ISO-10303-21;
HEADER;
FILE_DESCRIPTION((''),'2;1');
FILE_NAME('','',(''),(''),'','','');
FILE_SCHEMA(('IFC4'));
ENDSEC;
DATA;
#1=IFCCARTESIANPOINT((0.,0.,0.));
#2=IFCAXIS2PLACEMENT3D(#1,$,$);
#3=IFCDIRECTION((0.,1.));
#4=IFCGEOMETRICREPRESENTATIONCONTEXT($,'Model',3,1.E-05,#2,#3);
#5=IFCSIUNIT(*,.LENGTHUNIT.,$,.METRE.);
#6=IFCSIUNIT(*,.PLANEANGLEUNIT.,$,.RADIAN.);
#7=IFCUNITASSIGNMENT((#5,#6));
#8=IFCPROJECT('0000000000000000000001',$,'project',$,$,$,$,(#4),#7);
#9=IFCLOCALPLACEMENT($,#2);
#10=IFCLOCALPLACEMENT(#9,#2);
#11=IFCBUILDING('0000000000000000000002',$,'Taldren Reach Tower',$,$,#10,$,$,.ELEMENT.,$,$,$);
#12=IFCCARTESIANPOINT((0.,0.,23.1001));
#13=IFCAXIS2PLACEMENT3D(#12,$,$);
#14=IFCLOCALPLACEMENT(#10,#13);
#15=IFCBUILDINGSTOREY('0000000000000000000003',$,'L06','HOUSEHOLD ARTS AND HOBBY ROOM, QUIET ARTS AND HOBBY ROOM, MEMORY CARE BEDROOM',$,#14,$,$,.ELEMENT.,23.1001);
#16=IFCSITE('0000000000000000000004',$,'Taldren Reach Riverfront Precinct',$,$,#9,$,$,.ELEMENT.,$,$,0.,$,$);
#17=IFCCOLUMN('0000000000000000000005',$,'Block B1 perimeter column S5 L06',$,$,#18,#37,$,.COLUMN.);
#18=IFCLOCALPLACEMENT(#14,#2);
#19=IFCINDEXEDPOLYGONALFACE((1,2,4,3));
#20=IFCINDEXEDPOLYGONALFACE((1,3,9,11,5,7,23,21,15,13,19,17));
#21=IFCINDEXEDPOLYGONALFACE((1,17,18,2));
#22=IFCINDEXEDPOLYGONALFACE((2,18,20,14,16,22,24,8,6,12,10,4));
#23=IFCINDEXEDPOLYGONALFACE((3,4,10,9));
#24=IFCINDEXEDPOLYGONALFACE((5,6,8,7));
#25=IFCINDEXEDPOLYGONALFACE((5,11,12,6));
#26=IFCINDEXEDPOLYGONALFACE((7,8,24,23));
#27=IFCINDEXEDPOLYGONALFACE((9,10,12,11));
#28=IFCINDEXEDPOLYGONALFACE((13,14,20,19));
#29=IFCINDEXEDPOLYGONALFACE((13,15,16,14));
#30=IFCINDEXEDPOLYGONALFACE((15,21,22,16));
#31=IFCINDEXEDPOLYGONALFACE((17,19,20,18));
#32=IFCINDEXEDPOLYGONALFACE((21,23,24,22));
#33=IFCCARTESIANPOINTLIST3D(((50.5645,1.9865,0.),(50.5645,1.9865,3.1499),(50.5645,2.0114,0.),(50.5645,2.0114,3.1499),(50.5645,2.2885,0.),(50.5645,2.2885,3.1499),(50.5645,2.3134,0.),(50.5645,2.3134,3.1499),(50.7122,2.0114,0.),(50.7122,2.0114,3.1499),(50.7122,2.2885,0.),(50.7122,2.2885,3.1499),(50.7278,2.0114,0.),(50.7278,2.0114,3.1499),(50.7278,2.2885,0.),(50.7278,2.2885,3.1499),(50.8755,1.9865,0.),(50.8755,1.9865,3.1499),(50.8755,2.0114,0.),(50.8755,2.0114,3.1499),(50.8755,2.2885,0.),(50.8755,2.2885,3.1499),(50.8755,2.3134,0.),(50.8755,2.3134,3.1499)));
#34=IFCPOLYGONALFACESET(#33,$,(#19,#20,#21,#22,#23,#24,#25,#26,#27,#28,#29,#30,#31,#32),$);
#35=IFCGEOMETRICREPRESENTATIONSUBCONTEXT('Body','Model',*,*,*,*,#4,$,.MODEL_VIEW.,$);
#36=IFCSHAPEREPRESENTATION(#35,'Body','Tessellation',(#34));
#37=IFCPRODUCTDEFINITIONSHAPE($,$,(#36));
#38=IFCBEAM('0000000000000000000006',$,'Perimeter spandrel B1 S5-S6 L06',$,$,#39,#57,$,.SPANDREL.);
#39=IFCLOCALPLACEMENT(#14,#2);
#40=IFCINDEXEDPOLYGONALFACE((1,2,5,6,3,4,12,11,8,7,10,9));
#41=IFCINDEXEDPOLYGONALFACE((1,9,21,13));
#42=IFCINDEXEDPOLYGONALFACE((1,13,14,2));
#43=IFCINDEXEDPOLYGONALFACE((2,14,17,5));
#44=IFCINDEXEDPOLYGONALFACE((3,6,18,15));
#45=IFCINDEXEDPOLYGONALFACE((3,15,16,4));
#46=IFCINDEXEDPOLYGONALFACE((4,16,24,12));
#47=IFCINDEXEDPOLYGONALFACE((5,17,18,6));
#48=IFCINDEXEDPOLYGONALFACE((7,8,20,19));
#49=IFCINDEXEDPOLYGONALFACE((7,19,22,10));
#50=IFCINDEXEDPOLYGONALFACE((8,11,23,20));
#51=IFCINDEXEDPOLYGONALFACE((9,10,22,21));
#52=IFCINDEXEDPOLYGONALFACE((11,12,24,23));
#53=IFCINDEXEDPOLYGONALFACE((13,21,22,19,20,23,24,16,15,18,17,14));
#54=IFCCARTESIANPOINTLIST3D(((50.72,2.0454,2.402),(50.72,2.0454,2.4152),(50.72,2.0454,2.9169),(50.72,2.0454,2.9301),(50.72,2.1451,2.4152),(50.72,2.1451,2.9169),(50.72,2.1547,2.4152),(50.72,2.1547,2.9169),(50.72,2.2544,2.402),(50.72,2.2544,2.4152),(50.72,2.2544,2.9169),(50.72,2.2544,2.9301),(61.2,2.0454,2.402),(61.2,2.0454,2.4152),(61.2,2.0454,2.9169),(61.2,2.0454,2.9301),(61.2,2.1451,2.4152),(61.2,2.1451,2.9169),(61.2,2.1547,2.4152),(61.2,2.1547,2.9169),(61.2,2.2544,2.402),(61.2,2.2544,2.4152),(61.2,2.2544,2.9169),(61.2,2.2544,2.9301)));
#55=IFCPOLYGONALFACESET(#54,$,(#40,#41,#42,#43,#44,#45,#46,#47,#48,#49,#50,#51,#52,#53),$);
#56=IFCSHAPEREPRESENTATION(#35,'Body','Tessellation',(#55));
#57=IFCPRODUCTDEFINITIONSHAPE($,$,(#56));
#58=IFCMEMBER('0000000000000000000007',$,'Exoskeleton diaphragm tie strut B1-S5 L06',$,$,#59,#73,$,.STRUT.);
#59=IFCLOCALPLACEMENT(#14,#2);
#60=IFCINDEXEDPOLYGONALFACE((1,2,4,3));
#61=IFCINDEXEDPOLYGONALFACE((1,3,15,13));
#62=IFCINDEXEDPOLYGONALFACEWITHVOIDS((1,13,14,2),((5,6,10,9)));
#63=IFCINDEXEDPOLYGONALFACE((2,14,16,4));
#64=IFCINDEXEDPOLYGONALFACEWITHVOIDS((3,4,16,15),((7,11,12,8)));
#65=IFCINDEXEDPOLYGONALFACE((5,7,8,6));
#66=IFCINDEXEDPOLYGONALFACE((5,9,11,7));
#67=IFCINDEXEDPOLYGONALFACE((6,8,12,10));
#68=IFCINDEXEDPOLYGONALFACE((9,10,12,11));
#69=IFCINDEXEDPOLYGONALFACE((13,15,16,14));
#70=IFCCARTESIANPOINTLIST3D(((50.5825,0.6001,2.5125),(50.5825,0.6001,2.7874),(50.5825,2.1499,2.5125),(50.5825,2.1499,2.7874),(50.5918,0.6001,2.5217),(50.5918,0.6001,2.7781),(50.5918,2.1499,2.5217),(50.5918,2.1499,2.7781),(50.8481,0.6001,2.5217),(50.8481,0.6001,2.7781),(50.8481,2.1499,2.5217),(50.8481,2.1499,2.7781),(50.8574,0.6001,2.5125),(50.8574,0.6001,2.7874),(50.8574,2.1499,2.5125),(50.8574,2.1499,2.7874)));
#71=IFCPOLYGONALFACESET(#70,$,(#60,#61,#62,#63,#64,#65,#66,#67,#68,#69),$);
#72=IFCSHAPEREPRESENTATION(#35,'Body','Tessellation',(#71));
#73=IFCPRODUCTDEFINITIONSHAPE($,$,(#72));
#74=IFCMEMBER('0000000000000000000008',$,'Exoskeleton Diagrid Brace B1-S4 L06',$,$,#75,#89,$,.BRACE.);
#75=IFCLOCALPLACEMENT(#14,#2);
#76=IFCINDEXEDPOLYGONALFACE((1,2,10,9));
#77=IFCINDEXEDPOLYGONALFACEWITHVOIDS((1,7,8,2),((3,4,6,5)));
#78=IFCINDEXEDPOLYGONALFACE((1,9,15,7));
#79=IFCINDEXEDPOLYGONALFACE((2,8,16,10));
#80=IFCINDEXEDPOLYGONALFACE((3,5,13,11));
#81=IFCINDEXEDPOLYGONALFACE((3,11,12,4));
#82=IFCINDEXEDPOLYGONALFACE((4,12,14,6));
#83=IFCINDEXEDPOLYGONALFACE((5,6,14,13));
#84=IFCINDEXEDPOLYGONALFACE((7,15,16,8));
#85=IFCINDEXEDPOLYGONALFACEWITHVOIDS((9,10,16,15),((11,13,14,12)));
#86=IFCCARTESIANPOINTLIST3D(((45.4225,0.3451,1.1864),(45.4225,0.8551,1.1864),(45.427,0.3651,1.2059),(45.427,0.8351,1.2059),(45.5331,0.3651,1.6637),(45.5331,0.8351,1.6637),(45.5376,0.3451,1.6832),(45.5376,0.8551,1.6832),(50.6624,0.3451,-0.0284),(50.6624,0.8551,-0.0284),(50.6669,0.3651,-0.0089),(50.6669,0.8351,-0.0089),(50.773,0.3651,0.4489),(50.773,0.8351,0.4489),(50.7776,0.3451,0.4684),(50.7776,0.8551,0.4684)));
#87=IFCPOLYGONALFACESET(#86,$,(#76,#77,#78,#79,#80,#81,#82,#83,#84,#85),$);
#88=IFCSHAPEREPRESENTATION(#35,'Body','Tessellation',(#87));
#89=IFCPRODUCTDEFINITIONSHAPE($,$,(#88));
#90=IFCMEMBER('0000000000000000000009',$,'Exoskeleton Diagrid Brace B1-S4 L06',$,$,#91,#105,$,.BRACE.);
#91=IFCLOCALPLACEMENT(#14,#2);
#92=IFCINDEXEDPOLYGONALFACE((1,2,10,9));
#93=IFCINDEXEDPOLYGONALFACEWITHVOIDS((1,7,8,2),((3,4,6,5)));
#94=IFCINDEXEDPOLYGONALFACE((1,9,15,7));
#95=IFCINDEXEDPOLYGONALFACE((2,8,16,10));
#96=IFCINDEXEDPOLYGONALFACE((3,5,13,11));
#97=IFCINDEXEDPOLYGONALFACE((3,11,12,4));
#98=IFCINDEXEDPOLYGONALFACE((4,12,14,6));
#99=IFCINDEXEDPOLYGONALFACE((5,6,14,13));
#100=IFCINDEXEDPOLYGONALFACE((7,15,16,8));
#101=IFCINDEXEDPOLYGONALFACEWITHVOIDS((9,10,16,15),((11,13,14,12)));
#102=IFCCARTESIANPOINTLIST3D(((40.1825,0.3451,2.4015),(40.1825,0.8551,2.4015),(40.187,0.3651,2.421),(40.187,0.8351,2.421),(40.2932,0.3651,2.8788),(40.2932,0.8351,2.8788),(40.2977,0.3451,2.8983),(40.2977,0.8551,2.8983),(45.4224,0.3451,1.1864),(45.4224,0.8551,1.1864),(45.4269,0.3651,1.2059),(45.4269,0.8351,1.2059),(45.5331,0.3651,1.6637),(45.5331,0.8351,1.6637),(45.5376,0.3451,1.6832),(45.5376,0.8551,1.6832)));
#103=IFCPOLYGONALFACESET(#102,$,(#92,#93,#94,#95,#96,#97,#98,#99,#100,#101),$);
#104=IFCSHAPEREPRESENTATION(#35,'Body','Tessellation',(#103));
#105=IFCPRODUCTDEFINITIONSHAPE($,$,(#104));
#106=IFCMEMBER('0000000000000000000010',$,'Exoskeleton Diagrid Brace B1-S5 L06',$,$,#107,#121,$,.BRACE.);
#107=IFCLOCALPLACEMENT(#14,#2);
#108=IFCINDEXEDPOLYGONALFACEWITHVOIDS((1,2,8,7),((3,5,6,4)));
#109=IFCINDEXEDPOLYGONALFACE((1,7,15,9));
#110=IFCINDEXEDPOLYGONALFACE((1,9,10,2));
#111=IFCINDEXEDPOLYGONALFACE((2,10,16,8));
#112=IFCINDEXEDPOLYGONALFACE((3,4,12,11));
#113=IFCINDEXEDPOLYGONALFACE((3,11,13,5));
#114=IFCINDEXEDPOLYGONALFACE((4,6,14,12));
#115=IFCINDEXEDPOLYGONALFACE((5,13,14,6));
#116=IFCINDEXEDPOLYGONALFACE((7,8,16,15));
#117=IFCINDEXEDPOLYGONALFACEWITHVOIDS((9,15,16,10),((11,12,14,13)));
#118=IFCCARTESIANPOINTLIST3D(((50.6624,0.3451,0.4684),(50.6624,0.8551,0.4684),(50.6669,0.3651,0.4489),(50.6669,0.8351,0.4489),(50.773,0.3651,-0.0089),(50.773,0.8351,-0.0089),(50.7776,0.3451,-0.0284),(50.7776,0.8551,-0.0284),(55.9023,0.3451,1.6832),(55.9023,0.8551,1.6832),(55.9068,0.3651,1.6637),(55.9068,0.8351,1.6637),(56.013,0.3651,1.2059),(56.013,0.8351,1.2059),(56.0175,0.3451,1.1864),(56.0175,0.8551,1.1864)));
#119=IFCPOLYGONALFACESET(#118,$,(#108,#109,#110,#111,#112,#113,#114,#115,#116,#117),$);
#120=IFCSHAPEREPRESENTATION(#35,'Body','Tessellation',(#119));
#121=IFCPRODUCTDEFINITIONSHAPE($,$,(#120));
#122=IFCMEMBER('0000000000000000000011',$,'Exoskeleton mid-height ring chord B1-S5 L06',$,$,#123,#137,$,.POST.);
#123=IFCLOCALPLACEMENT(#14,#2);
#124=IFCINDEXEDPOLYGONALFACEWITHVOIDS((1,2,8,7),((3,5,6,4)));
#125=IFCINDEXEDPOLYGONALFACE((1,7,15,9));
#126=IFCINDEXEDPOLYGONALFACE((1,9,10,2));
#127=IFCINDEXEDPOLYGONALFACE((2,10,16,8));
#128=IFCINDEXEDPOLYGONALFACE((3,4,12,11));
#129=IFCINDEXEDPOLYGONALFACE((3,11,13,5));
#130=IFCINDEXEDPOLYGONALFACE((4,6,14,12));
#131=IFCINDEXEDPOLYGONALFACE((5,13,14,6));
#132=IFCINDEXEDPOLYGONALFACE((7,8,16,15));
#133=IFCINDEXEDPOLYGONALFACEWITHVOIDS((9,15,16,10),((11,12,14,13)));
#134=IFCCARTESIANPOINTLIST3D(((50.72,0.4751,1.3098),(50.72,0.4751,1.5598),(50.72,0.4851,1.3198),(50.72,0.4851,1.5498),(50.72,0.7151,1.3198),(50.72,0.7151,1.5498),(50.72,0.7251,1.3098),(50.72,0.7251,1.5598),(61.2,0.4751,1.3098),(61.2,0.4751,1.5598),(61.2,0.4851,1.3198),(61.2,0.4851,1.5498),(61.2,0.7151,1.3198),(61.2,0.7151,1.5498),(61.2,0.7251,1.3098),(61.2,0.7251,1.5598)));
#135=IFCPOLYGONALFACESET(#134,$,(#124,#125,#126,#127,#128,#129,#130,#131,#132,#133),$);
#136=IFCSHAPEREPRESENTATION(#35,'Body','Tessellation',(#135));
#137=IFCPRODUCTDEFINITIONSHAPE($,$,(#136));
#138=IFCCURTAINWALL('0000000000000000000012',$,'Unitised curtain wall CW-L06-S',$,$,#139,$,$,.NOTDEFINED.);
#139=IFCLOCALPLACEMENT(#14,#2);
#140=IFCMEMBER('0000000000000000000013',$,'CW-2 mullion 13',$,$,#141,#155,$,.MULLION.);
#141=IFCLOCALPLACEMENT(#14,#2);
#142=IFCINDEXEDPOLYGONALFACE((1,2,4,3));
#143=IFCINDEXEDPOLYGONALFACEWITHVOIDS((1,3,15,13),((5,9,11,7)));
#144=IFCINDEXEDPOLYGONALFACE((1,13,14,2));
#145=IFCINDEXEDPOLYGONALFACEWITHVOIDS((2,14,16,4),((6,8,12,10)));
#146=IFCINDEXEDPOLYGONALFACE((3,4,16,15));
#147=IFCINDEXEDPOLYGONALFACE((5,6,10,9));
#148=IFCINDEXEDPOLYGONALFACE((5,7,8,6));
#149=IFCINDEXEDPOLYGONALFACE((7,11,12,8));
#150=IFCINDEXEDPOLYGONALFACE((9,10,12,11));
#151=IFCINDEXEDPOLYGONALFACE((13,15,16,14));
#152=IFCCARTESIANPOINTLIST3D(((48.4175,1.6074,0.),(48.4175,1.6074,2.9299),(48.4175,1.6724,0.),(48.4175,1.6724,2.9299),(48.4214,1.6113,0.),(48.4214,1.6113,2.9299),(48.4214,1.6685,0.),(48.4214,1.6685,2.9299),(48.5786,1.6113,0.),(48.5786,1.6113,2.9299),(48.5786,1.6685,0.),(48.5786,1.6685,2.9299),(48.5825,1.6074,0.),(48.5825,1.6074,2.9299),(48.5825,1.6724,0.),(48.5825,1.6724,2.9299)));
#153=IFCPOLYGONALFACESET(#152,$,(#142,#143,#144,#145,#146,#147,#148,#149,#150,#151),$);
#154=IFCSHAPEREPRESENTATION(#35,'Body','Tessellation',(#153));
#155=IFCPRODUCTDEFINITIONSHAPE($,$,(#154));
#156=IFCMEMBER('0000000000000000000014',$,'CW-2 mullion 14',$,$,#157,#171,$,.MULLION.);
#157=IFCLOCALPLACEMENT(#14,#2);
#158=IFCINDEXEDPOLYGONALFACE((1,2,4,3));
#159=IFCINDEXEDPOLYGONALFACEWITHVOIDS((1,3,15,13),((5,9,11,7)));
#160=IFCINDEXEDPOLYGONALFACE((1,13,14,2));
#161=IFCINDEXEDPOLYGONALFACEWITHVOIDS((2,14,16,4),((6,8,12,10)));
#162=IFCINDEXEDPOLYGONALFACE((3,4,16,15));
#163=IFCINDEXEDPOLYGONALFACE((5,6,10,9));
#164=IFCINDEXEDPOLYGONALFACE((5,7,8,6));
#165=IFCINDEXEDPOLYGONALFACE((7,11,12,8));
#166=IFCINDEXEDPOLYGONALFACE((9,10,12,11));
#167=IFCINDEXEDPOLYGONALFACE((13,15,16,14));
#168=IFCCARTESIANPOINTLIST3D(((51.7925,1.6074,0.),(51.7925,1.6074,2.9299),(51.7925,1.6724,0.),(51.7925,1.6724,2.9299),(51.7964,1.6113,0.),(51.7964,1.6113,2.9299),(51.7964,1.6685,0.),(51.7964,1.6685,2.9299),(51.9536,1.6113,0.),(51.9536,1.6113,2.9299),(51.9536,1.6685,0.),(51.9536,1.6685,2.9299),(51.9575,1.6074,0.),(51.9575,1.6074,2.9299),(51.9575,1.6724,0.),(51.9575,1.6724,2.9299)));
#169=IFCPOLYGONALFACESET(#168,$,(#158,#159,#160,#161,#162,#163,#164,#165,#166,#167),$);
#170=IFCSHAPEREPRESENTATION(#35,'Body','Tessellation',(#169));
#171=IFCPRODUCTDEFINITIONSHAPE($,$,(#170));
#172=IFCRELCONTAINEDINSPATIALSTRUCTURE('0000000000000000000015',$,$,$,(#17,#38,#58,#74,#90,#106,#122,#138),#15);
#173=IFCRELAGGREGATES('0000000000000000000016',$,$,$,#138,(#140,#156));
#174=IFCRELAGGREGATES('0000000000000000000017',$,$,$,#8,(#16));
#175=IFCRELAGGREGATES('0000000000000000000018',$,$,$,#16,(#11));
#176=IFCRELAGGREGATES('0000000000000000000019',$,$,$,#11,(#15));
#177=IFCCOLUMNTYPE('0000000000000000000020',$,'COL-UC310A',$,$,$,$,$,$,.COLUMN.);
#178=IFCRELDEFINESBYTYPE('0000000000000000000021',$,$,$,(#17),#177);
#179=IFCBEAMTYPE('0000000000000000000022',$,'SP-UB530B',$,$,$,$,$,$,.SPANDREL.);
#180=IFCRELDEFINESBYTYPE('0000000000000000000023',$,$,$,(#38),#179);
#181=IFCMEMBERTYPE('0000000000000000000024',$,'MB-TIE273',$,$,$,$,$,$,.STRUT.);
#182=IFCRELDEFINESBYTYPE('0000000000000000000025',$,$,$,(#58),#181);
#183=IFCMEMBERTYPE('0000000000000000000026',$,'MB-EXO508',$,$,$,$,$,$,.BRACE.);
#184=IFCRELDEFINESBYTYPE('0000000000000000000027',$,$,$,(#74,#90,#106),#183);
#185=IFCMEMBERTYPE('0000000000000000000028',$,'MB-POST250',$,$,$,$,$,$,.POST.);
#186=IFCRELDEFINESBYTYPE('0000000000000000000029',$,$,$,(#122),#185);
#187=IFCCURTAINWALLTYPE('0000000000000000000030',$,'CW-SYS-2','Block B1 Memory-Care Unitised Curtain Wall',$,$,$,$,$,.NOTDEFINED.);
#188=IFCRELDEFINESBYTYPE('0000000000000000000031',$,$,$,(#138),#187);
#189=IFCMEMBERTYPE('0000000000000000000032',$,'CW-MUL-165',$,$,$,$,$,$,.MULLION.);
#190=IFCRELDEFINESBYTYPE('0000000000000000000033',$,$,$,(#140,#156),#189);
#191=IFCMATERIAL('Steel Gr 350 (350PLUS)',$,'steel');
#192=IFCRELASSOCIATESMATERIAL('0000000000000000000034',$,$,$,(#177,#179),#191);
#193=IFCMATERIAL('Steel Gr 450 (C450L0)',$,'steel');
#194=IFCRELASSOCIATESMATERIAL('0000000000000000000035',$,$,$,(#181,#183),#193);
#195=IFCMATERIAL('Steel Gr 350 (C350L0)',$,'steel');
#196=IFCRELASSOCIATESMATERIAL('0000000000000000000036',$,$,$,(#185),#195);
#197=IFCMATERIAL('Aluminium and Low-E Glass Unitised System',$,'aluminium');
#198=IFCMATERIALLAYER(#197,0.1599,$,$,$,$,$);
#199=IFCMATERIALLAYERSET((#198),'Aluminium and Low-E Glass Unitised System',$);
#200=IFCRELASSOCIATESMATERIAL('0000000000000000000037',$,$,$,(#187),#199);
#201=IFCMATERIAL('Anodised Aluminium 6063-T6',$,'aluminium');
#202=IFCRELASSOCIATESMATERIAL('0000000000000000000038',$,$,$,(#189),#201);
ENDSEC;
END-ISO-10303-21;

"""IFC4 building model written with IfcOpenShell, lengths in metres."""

from ifc_helpers import new_model, si_unit, direction, frame, origin, origin_2d, place, context, subcontext, project, spatial, hollow_rectangle, i_section, extrude, source, transform, mapped, material, layer, layer_set, material_profile, profile_set, type_object, element, aggregate, save


model = new_model("IFC4")

# Units and contexts
model_context = context("Model", 3, precision=1e-05, world=origin(), true_north=direction((0.0, 1.0)))
body_context = subcontext(model_context, "Body", "Model", "MODEL_VIEW")
ifc_project = project(units=[si_unit("LENGTHUNIT", "METRE"), si_unit("PLANEANGLEUNIT", "RADIAN")], contexts=[model_context])

# Site, building, storey
site_placement = place(None, origin())
site = spatial("IfcSite", under=ifc_project, at=site_placement, Name="Taldren Reach Riverfront Precinct", CompositionType="ELEMENT", RefElevation=0.0)
building_placement = place(site_placement, origin())
building = spatial("IfcBuilding", under=site, at=building_placement, Name="Taldren Reach Tower", CompositionType="ELEMENT")
storey_placement = place(building_placement, frame((0.0, 0.0, 23.1001)))
storey = spatial("IfcBuildingStorey", under=building, at=storey_placement, Name="L06", Description="HOUSEHOLD ARTS AND HOBBY ROOM, QUIET ARTS AND HOBBY ROOM, MEMORY CARE BEDROOM", CompositionType="ELEMENT", Elevation=23.1001)

# Column
ifc_material_1 = material(Name="Steel Gr 350 (350PLUS)", Category="steel")
ifc_material_profile_1 = material_profile(ifc_material_1, i_section(OverallWidth=0.311, OverallDepth=0.3269, WebThickness=0.0156, FlangeThickness=0.0249, at=origin_2d()), Name="310UC158")
ifc_profile_set_1 = profile_set([ifc_material_profile_1], Name="Steel Gr 350 (350PLUS)")
column_type = type_object("IfcColumnType", Name="COL-UC310A", PredefinedType="COLUMN", material=ifc_profile_set_1)
shared_shape_1 = source(origin(), body_context, "Body", "SweptSolid", [
    extrude(i_section(OverallWidth=0.311, OverallDepth=0.3269, WebThickness=0.0156, FlangeThickness=0.0249, at=origin_2d()), origin(), (0.0, 0.0, 1.0), 3.1499),
])
column_placement = place(storey_placement, frame((50.72, 2.1499, 0.0), z_axis=(0.0, 0.0, 1.0), x_axis=(1.0, 0.0, 0.0)))
element("IfcColumn", 1, at=column_placement, inside=storey, type_object=column_type, Name="Block B1 perimeter column S5 L06", PredefinedType="COLUMN", context=body_context, shape_type="MappedRepresentation", body=[
    mapped(shared_shape_1, transform((0.0, 0.0, 0.0), scale=1.0)),
])

# Beam
ifc_material_profile_2 = material_profile(ifc_material_1, i_section(OverallWidth=0.209, OverallDepth=0.5281, WebThickness=0.0095, FlangeThickness=0.0132, at=origin_2d()), Name="530UB82.0")
ifc_profile_set_2 = profile_set([ifc_material_profile_2], Name="Steel Gr 350 (350PLUS)")
beam_type = type_object("IfcBeamType", Name="SP-UB530B", PredefinedType="SPANDREL", material=ifc_profile_set_2)
shared_shape_2 = source(origin(), body_context, "Body", "SweptSolid", [
    extrude(i_section(OverallWidth=0.209, OverallDepth=0.5281, WebThickness=0.0095, FlangeThickness=0.0132, at=origin_2d()), origin(), (0.0, 0.0, 1.0), 10.48),
])
beam_placement = place(storey_placement, frame((50.72, 2.1499, 2.666), z_axis=(1.0, 0.0, 0.0), x_axis=(0.0, 1.0, 0.0)))
element("IfcBeam", 2, at=beam_placement, inside=storey, type_object=beam_type, Name="Perimeter spandrel B1 S5-S6 L06", PredefinedType="SPANDREL", context=body_context, shape_type="MappedRepresentation", body=[
    mapped(shared_shape_2, transform((0.0, 0.0, 0.0), scale=1.0)),
])

# Members
ifc_material_2 = material(Name="Steel Gr 450 (C450L0)", Category="steel")
ifc_material_profile_3 = material_profile(ifc_material_2, hollow_rectangle(XDim=0.2749, YDim=0.2749, WallThickness=0.0093, at=origin_2d()), Name="275x275x9.3SHS")
ifc_profile_set_3 = profile_set([ifc_material_profile_3], Name="Steel Gr 450 (C450L0)")
member_type_1 = type_object("IfcMemberType", Name="MB-TIE273", PredefinedType="STRUT", material=ifc_profile_set_3)
shared_shape_3 = source(origin(), body_context, "Body", "SweptSolid", [
    extrude(hollow_rectangle(XDim=0.2749, YDim=0.2749, WallThickness=0.0093, at=origin_2d()), origin(), (0.0, 0.0, 1.0), 1.5498),
])
member_1_placement = place(storey_placement, frame((50.72, 2.1499, 2.6499), z_axis=(0.0, -1.0, 0.0), x_axis=(1.0, 0.0, 0.0)))
element("IfcMember", 3, at=member_1_placement, inside=storey, type_object=member_type_1, Name="Exoskeleton diaphragm tie strut B1-S5 L06", PredefinedType="STRUT", context=body_context, shape_type="MappedRepresentation", body=[
    mapped(shared_shape_3, transform((0.0, 0.0, 0.0), scale=1.0)),
])
ifc_material_profile_4 = material_profile(ifc_material_2, hollow_rectangle(XDim=0.51, YDim=0.51, WallThickness=0.02, at=origin_2d()), Name="510x510x20.0SHS")
ifc_profile_set_4 = profile_set([ifc_material_profile_4], Name="Steel Gr 450 (C450L0)")
member_type_2 = type_object("IfcMemberType", Name="MB-EXO508", PredefinedType="BRACE", material=ifc_profile_set_4)
shared_shape_4 = source(origin(), body_context, "Body", "SweptSolid", [
    extrude(hollow_rectangle(XDim=0.51, YDim=0.51, WallThickness=0.02, at=origin_2d()), origin(), (0.0, 0.0, 1.0), 5.3789),
])
for number, where, z_axis, x_axis, name in (
    (4, (50.72, 0.6001, 0.22), (-0.974162, 0.0, 0.225851), (0.0, -1.0, 0.0), "Exoskeleton Diagrid Brace B1-S4 L06"),
    (5, (45.48, 0.6001, 1.4348), (-0.974152, 0.0, 0.225894), (0.0, -1.0, 0.0), "Exoskeleton Diagrid Brace B1-S4 L06"),
    (6, (50.72, 0.6001, 0.22), (0.974162, 0.0, 0.225851), (0.0, 1.0, 0.0), "Exoskeleton Diagrid Brace B1-S5 L06"),
):
    element("IfcMember", number, at=place(storey_placement, frame(where, z_axis=z_axis, x_axis=x_axis)), inside=storey, type_object=member_type_2, Name=name, PredefinedType="BRACE", context=body_context, shape_type="MappedRepresentation", body=[
        mapped(shared_shape_4, transform((0.0, 0.0, 0.0), scale=1.0)),
    ])
ifc_material_3 = material(Name="Steel Gr 350 (C350L0)", Category="steel")
ifc_material_profile_5 = material_profile(ifc_material_3, hollow_rectangle(XDim=0.25, YDim=0.25, WallThickness=0.01, at=origin_2d()), Name="250x250x10.0SHS")
ifc_profile_set_5 = profile_set([ifc_material_profile_5], Name="Steel Gr 350 (C350L0)")
member_type_3 = type_object("IfcMemberType", Name="MB-POST250", PredefinedType="POST", material=ifc_profile_set_5)
shared_shape_5 = source(origin(), body_context, "Body", "SweptSolid", [
    extrude(hollow_rectangle(XDim=0.25, YDim=0.25, WallThickness=0.01, at=origin_2d()), origin(), (0.0, 0.0, 1.0), 10.48),
])
member_2_placement = place(storey_placement, frame((50.72, 0.6001, 1.4348), z_axis=(1.0, 0.0, 0.0), x_axis=(0.0, 1.0, 0.0)))
element("IfcMember", 7, at=member_2_placement, inside=storey, type_object=member_type_3, Name="Exoskeleton mid-height ring chord B1-S5 L06", PredefinedType="POST", context=body_context, shape_type="MappedRepresentation", body=[
    mapped(shared_shape_5, transform((0.0, 0.0, 0.0), scale=1.0)),
])

# Curtain wall, members
ifc_material_4 = material(Name="Aluminium and Low-E Glass Unitised System", Category="aluminium")
ifc_layer_1 = layer(ifc_material_4, 0.1599)
ifc_layer_set_1 = layer_set([ifc_layer_1], Name="Aluminium and Low-E Glass Unitised System")
curtain_wall_type = type_object("IfcCurtainWallType", Name="CW-SYS-2", Description="Block B1 Memory-Care Unitised Curtain Wall", PredefinedType="NOTDEFINED", material=ifc_layer_set_1)
curtain_wall_placement = place(storey_placement, origin())
curtain_wall = element("IfcCurtainWall", 8, at=curtain_wall_placement, inside=storey, type_object=curtain_wall_type, Name="Unitised curtain wall CW-L06-S", PredefinedType="NOTDEFINED")
ifc_material_5 = material(Name="Anodised Aluminium 6063-T6", Category="aluminium")
ifc_material_profile_6 = material_profile(ifc_material_5, hollow_rectangle(XDim=0.0649, YDim=0.165, WallThickness=0.0039, at=origin_2d()), Name="ALU-165x65x4RHS")
ifc_profile_set_6 = profile_set([ifc_material_profile_6], Name="Anodised Aluminium 6063-T6")
member_type_4 = type_object("IfcMemberType", Name="CW-MUL-165", PredefinedType="MULLION", material=ifc_profile_set_6)
shared_shape_6 = source(origin(), body_context, "Body", "SweptSolid", [
    extrude(hollow_rectangle(XDim=0.0649, YDim=0.165, WallThickness=0.0039, at=origin_2d()), origin(), (0.0, 0.0, 1.0), 2.9299),
])
member_3_placement = place(storey_placement, frame((48.5, 1.6399, 0.0), z_axis=(0.0, 0.0, 1.0), x_axis=(0.0, 1.0, 0.0)))
member_3 = element("IfcMember", 9, at=member_3_placement, type_object=member_type_4, Name="CW-2 mullion 13", PredefinedType="MULLION", context=body_context, shape_type="MappedRepresentation", body=[
    mapped(shared_shape_6, transform((0.0, 0.0, 0.0), scale=1.0)),
])
member_4_placement = place(storey_placement, frame((51.875, 1.6399, 0.0), z_axis=(0.0, 0.0, 1.0), x_axis=(0.0, 1.0, 0.0)))
member_4 = element("IfcMember", 10, at=member_4_placement, type_object=member_type_4, Name="CW-2 mullion 14", PredefinedType="MULLION", context=body_context, shape_type="MappedRepresentation", body=[
    mapped(shared_shape_6, transform((0.0, 0.0, 0.0), scale=1.0)),
])

aggregate(curtain_wall, [member_3, member_4])

save(model, "model.ifc")
